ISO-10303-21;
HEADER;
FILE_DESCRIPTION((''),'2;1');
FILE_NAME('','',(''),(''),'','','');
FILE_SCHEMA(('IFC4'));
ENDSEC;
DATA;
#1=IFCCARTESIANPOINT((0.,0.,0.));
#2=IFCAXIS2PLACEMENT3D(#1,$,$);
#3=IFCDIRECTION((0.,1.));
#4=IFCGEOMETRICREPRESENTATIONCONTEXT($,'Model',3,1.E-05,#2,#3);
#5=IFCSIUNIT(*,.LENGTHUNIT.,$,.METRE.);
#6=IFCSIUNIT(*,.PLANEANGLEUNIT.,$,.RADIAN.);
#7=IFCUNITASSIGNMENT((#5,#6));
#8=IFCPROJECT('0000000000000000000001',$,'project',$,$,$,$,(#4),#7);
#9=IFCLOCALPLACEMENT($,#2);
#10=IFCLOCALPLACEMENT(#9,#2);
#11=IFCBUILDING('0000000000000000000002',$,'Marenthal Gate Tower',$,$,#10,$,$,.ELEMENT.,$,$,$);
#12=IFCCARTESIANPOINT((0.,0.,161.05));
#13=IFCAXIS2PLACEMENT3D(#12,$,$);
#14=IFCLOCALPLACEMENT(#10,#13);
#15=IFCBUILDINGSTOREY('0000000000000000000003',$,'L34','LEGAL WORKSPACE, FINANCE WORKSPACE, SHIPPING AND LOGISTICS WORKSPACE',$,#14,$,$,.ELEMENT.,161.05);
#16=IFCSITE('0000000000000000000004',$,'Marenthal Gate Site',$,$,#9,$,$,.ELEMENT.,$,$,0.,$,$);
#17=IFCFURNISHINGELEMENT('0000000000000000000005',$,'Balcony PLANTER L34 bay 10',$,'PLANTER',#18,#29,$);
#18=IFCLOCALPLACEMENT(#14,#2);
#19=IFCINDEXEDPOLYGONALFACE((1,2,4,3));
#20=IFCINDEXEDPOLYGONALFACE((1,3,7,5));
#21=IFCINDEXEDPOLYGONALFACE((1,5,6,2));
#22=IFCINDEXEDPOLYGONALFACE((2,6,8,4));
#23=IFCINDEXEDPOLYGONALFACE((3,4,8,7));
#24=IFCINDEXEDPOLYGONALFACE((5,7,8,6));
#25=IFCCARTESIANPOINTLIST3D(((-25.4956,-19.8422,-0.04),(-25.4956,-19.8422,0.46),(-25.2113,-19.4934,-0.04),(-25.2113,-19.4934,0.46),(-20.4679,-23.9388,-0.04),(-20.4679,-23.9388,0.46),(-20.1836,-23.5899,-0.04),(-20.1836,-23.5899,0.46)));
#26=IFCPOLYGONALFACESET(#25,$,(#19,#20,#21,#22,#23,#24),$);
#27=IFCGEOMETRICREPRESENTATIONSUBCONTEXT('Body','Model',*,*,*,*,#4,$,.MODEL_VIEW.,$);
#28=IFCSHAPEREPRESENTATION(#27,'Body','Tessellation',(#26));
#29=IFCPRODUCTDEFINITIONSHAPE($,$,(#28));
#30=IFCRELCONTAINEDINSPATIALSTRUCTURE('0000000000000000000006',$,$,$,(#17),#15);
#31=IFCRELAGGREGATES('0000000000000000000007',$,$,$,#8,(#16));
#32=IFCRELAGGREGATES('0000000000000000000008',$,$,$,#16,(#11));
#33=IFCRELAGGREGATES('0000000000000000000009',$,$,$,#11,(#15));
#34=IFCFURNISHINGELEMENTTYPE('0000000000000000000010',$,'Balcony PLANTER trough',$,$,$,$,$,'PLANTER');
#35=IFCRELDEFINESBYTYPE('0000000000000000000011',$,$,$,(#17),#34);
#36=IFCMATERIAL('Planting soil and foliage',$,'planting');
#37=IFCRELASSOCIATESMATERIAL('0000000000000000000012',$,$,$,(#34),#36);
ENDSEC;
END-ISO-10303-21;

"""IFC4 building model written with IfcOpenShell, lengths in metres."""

from ifc_helpers import new_model, si_unit, direction, frame, origin, origin_2d, place, context, subcontext, project, spatial, rectangle, extrude, material, type_object, element, save


model = new_model("IFC4")

# Units and contexts
model_context = context("Model", 3, precision=1e-05, world=origin(), true_north=direction((0.0, 1.0)))
body_context = subcontext(model_context, "Body", "Model", "MODEL_VIEW")
ifc_project = project(units=[si_unit("LENGTHUNIT", "METRE"), si_unit("PLANEANGLEUNIT", "RADIAN")], contexts=[model_context])

# Site, building, storey
site_placement = place(None, origin())
site = spatial("IfcSite", under=ifc_project, at=site_placement, Name="Marenthal Gate Site", CompositionType="ELEMENT", RefElevation=0.0)
building_placement = place(site_placement, origin())
building = spatial("IfcBuilding", under=site, at=building_placement, Name="Marenthal Gate Tower", CompositionType="ELEMENT")
storey_placement = place(building_placement, frame((0.0, 0.0, 161.05)))
storey = spatial("IfcBuildingStorey", under=building, at=storey_placement, Name="L34", Description="LEGAL WORKSPACE, FINANCE WORKSPACE, SHIPPING AND LOGISTICS WORKSPACE", CompositionType="ELEMENT", Elevation=161.05)

# Furnishing element
ifc_material_1 = material(Name="Planting soil and foliage", Category="planting")
furnishing_element_type = type_object("IfcFurnishingElementType", Name="Balcony PLANTER trough", ElementType="PLANTER", material=ifc_material_1)
furnishing_placement = place(storey_placement, frame((-22.8396, -21.7161, -0.04), z_axis=(0.0, 0.0, 1.0), x_axis=(0.77524, -0.631667, 0.0)))
element("IfcFurnishingElement", 1, at=furnishing_placement, inside=storey, type_object=furnishing_element_type, Name="Balcony PLANTER L34 bay 10", ObjectType="PLANTER", context=body_context, shape_type="SweptSolid", body=[
    extrude(rectangle(XDim=6.4854, YDim=0.45, at=origin_2d()), origin(), (0.0, 0.0, 1.0), 0.5),
])

save(model, "model.ifc")
